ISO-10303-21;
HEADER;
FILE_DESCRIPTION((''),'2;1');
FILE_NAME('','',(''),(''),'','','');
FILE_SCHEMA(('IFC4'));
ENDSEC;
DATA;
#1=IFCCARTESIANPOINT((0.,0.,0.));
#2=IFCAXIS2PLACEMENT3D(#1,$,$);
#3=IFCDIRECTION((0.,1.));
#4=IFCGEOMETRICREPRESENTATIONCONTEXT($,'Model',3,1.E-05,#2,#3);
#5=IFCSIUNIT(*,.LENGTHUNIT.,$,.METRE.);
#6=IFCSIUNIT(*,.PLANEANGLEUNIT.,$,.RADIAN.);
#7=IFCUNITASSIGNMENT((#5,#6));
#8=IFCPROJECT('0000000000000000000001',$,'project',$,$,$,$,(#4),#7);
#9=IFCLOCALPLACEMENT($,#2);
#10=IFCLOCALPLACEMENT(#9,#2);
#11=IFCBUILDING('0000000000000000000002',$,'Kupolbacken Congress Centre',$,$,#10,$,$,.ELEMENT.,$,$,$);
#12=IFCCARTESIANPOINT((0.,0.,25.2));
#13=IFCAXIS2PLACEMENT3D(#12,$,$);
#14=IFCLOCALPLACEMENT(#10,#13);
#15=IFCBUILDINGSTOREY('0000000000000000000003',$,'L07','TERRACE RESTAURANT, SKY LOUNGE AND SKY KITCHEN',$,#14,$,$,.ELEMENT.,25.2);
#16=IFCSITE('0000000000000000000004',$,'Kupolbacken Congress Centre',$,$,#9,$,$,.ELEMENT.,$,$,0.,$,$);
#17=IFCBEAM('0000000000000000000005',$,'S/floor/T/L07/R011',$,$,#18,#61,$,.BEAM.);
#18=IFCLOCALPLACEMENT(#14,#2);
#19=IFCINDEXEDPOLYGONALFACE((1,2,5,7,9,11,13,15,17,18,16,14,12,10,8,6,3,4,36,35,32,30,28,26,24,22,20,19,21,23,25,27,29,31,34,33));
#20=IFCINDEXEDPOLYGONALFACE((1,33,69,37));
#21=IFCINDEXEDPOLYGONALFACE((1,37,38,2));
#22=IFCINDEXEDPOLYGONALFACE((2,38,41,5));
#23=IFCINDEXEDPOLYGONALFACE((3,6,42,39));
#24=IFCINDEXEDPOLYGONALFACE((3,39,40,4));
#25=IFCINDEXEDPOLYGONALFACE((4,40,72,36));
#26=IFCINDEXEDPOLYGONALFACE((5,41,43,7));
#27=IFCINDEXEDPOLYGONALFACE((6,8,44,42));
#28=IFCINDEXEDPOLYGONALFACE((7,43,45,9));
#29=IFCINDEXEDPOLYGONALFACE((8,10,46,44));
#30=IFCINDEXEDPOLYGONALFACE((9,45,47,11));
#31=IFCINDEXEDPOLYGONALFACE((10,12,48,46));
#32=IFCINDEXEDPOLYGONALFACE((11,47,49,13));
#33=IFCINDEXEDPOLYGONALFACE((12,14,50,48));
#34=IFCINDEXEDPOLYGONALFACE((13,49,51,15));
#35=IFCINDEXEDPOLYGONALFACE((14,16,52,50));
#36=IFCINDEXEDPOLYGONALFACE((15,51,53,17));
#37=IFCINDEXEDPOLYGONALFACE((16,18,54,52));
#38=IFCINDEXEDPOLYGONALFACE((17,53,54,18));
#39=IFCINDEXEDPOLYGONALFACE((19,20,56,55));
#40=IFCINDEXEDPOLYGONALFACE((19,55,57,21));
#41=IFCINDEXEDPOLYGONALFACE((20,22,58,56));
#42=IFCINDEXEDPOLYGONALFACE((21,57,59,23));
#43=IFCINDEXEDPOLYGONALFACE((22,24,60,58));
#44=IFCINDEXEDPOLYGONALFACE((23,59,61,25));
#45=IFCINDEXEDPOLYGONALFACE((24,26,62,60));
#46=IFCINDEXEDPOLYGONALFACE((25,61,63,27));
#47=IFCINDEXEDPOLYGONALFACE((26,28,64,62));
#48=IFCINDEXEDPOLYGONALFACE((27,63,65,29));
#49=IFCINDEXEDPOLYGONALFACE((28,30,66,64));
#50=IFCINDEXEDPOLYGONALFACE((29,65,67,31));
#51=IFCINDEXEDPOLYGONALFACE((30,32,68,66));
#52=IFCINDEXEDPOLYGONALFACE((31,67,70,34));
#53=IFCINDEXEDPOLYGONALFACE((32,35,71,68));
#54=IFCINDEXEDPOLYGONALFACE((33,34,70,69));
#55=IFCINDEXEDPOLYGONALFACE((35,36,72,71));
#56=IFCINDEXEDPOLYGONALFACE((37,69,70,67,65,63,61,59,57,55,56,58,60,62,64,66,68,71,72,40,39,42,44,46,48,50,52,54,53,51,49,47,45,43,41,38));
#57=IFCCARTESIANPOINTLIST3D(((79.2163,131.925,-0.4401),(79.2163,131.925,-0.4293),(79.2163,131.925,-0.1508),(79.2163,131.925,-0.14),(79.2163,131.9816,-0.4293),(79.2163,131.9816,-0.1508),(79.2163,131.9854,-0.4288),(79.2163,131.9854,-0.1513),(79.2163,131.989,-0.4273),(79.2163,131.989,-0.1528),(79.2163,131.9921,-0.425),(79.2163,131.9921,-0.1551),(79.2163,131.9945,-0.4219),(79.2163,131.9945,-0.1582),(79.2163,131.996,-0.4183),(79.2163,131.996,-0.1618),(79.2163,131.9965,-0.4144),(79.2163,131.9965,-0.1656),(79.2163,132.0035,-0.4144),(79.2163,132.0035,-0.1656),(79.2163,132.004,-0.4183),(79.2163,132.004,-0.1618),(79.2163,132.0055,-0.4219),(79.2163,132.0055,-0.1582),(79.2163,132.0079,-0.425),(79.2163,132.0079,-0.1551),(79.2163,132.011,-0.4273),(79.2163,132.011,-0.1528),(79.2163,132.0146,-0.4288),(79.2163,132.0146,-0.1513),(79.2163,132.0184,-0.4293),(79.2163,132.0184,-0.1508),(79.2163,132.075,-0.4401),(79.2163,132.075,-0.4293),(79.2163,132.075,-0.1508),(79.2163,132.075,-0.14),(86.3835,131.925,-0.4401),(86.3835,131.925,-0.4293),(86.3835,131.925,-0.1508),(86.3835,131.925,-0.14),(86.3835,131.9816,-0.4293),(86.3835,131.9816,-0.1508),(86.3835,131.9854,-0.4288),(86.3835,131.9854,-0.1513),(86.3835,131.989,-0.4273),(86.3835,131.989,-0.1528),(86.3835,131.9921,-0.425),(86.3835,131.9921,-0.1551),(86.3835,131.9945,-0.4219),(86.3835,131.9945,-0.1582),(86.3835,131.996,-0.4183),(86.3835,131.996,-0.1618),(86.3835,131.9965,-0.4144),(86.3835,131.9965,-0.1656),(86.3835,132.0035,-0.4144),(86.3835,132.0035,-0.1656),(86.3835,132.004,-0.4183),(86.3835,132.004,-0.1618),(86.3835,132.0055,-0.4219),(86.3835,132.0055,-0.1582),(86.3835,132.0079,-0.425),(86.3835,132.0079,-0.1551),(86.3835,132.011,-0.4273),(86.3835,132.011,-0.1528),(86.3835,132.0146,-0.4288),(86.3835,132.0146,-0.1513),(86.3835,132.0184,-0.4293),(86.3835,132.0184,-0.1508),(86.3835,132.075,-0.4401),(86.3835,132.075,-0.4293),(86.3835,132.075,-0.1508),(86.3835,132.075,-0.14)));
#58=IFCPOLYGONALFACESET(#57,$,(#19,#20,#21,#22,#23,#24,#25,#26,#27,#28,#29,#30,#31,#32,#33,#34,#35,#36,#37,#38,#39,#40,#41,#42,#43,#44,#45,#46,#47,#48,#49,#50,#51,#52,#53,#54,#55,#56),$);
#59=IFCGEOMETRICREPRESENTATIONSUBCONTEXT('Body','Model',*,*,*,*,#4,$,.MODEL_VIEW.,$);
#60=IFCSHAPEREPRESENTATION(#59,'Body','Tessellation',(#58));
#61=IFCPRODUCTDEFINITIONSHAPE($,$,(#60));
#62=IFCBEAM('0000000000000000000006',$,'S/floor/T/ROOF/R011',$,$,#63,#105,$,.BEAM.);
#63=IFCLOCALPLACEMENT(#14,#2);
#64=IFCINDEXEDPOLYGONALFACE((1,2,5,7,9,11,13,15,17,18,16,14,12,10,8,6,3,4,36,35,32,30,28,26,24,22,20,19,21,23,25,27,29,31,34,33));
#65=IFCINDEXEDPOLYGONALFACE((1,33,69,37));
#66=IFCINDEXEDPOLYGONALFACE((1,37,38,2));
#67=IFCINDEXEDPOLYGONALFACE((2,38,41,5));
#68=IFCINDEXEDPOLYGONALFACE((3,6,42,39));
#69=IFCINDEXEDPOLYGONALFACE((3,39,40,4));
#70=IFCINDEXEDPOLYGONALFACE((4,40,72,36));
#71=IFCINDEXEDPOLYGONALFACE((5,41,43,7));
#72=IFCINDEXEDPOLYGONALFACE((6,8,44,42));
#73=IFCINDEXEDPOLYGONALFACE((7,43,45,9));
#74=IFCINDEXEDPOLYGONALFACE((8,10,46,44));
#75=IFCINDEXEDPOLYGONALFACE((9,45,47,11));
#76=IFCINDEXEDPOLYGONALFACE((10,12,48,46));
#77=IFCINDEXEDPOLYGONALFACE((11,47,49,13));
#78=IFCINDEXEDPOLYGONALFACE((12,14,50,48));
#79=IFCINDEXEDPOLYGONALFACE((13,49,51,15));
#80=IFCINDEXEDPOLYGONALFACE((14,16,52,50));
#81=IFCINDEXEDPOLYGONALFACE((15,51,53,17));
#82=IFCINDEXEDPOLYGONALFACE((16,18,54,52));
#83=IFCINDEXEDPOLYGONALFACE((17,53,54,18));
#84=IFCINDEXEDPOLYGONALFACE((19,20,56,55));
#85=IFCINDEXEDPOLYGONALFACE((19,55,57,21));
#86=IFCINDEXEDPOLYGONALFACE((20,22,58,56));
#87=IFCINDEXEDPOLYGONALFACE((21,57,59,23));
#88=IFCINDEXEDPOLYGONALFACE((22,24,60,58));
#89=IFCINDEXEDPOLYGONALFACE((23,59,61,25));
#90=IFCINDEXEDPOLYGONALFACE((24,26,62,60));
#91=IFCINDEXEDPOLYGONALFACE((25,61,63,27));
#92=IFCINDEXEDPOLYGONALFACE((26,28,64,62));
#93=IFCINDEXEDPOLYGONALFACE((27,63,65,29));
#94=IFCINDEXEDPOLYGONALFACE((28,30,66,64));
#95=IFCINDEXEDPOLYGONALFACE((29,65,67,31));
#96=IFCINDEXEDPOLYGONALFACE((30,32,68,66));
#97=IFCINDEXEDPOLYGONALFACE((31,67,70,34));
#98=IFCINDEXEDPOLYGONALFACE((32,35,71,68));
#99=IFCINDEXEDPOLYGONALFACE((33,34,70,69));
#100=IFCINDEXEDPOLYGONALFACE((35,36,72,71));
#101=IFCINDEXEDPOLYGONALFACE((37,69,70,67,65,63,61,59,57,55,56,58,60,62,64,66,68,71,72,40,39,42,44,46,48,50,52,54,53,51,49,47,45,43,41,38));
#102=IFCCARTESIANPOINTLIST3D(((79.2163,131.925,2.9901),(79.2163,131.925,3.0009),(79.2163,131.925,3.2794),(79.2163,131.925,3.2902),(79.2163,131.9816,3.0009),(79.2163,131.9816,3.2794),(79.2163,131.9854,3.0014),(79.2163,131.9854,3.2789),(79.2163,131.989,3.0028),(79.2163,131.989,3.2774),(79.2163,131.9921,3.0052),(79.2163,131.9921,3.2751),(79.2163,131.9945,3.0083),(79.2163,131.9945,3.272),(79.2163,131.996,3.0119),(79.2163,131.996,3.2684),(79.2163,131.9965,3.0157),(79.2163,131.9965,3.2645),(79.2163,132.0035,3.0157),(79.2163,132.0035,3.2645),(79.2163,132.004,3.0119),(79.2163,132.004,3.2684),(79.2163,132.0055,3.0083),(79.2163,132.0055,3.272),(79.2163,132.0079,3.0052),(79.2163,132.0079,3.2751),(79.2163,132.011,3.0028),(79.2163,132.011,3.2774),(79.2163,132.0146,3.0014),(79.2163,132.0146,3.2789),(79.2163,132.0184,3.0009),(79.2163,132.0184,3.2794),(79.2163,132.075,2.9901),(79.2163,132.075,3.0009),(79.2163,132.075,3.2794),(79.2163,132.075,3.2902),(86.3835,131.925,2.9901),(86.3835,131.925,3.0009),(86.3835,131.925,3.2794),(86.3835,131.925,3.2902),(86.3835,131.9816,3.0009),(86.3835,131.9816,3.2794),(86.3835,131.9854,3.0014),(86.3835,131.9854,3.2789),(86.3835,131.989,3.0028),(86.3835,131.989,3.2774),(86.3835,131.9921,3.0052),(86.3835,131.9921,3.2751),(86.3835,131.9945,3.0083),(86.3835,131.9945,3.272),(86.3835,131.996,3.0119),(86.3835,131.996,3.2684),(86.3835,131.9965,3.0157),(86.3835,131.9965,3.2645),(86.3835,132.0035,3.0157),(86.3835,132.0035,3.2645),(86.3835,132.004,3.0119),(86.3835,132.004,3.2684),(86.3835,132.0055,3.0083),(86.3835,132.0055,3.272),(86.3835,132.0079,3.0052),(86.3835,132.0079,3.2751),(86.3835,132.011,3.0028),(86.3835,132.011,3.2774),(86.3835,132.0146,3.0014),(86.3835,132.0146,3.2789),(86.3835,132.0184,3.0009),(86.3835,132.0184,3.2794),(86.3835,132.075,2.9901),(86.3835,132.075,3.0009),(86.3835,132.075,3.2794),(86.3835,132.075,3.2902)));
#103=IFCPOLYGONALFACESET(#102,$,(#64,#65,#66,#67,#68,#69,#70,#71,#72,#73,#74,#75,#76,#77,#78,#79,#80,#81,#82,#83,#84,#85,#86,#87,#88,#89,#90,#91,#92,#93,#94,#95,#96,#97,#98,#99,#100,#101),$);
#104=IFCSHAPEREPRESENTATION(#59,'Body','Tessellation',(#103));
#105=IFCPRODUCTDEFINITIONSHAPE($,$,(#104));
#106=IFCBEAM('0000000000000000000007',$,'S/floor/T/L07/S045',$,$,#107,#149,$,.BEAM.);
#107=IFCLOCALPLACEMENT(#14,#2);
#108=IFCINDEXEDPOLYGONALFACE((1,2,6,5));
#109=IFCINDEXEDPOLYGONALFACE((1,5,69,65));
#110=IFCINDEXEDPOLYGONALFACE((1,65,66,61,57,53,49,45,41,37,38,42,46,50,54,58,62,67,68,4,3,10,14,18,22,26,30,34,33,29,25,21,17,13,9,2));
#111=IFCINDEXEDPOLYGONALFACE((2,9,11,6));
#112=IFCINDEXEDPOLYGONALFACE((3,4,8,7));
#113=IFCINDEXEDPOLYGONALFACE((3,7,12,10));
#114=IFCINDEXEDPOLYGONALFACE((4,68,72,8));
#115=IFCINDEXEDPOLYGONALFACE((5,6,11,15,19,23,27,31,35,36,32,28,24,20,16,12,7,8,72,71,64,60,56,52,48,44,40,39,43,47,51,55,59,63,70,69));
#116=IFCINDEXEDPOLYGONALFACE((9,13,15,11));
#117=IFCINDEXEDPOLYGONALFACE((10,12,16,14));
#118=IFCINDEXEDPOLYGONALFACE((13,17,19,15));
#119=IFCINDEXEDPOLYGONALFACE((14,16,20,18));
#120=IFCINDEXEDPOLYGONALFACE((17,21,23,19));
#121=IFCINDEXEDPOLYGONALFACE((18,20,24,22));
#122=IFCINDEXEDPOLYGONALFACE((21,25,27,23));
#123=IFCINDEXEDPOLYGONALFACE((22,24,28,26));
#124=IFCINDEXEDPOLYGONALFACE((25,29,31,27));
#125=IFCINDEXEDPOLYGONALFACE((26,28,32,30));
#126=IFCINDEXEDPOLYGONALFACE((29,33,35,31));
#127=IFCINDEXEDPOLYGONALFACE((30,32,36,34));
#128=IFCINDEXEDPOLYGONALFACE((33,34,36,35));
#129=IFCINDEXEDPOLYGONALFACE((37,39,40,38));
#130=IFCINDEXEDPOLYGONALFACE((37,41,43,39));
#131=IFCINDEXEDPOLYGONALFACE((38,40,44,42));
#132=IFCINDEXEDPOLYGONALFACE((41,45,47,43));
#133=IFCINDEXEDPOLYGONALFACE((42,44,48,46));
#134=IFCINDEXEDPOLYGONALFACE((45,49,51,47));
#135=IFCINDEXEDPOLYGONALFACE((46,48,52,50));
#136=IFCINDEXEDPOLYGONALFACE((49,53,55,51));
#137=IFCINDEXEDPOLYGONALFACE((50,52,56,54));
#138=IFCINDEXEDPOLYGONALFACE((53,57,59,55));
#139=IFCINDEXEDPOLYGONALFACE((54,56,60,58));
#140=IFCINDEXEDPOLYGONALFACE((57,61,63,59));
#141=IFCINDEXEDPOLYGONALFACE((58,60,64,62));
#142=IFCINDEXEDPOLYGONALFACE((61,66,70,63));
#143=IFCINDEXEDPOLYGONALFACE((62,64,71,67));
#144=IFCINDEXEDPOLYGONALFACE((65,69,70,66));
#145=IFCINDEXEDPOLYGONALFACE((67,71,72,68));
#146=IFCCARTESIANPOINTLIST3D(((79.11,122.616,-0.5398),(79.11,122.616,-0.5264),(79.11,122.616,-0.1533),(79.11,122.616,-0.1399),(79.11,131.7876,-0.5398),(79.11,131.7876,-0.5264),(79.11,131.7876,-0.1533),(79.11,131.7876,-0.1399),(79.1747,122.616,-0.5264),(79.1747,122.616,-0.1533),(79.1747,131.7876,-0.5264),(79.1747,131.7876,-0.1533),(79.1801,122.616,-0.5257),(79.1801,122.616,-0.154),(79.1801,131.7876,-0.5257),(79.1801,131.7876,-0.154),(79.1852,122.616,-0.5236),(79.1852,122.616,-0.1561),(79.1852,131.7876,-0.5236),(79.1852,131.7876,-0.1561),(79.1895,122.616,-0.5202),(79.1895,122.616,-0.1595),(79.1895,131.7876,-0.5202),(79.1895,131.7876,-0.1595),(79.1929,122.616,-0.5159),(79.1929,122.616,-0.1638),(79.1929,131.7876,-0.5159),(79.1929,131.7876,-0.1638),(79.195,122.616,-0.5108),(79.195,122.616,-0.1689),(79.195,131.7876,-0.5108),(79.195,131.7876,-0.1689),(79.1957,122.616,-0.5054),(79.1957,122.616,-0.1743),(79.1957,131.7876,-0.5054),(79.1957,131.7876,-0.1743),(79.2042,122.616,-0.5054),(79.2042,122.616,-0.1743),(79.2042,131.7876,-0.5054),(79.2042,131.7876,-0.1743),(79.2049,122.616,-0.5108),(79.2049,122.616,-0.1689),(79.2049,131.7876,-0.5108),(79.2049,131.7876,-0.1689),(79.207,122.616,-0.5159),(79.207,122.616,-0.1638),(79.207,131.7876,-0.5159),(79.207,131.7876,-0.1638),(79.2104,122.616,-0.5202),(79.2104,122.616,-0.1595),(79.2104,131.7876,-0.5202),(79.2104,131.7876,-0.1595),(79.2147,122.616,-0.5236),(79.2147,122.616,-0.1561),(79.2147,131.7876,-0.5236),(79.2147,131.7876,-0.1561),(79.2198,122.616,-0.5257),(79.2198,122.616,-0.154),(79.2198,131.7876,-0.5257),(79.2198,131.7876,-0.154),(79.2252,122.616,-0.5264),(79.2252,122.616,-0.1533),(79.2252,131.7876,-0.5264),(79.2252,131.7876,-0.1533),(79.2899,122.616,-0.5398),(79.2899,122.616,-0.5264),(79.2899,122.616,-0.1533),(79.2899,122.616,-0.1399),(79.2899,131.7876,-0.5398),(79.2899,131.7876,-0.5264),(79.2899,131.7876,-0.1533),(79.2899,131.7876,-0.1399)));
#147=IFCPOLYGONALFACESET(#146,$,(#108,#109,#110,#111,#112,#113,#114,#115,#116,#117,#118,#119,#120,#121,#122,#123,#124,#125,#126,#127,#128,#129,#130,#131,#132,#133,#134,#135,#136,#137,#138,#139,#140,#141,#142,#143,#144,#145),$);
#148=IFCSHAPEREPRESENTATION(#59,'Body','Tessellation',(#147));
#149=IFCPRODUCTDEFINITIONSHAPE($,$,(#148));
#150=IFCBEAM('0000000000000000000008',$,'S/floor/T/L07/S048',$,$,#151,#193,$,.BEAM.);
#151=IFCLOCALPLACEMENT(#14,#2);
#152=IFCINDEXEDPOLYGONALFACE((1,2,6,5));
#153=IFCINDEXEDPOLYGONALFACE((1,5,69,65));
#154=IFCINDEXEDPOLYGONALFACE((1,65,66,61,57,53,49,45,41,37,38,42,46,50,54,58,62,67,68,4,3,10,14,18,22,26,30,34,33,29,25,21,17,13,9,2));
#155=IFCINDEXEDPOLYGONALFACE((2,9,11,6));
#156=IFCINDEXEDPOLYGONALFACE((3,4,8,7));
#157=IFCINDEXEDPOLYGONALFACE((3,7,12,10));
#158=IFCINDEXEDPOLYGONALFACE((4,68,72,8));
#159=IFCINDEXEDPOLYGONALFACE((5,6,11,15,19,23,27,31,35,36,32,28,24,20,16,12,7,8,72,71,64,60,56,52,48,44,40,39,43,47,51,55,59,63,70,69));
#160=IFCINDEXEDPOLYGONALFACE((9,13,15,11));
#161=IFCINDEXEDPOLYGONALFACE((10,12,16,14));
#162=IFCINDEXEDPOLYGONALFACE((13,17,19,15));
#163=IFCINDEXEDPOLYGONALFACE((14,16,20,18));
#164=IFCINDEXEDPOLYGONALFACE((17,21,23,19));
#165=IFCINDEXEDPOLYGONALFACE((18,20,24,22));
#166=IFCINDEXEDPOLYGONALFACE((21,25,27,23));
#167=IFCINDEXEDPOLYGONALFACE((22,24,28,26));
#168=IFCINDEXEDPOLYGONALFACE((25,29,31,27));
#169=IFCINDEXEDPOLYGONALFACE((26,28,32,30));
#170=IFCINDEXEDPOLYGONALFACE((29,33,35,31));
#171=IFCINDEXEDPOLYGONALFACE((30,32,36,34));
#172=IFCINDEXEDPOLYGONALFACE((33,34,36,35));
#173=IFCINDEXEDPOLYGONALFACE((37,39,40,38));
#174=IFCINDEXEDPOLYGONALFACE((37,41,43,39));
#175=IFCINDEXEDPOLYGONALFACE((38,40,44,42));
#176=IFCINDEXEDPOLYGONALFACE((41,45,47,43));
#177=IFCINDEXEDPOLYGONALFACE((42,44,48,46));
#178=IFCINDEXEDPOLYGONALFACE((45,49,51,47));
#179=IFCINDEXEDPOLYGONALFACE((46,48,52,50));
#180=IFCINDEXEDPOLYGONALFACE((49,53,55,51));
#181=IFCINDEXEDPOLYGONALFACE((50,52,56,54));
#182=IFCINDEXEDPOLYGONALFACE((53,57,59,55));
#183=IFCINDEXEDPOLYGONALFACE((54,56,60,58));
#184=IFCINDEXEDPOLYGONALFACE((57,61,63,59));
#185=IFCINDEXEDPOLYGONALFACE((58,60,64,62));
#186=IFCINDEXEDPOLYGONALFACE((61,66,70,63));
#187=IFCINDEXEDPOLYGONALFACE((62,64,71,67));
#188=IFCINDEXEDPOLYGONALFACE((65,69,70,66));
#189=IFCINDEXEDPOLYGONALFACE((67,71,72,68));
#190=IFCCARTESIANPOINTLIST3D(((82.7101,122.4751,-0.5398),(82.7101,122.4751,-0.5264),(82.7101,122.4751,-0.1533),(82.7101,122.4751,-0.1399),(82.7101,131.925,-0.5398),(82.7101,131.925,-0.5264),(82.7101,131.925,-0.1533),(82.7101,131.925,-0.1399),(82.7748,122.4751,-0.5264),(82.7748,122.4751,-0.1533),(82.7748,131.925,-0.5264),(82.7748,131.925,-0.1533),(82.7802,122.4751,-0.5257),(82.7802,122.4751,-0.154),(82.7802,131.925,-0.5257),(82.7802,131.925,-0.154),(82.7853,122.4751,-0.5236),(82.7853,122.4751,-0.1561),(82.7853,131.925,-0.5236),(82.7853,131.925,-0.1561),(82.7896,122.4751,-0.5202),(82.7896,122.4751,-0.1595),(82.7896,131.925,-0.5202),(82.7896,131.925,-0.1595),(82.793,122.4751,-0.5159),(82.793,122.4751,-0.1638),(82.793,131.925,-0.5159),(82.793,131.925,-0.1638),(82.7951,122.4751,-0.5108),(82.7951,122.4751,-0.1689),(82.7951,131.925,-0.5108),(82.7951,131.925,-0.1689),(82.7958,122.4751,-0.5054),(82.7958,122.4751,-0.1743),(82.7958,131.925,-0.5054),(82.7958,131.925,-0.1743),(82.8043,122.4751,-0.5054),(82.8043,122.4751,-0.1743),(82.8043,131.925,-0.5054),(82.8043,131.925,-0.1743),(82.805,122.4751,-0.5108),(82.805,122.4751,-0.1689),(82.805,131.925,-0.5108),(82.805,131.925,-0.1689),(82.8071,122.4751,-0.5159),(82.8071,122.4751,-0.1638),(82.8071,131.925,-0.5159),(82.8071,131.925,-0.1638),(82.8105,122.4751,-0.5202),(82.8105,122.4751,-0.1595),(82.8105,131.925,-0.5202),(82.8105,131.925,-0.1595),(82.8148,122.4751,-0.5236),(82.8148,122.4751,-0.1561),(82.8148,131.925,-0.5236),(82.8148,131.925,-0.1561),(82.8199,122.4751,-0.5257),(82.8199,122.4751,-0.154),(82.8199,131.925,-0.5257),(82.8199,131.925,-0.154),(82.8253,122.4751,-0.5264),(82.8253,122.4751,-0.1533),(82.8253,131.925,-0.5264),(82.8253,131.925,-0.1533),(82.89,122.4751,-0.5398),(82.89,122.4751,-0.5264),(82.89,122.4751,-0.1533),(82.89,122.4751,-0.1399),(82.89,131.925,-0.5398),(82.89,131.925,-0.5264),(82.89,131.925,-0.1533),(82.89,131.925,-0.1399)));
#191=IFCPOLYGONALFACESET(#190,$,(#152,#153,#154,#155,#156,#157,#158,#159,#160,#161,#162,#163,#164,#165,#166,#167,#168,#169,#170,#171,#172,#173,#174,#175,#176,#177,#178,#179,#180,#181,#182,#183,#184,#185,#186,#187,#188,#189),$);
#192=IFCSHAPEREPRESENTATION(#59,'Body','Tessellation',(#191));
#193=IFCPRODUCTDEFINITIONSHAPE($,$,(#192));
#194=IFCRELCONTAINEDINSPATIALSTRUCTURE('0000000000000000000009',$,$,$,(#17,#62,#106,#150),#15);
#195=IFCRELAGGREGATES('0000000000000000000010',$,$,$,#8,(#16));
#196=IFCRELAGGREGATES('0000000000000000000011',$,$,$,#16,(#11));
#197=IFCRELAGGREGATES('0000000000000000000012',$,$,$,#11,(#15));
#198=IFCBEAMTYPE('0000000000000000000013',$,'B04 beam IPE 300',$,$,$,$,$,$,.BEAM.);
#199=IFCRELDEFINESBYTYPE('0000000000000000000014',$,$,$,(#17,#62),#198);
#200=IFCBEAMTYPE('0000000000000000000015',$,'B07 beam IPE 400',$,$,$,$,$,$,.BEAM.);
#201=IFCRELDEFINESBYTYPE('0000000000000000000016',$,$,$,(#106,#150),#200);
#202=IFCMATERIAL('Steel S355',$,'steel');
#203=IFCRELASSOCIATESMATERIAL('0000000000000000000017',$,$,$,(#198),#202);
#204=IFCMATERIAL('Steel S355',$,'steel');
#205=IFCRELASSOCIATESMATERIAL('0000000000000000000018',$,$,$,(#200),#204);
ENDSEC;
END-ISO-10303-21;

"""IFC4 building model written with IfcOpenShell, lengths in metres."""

from ifc_helpers import new_model, si_unit, direction, frame, origin, origin_2d, place, context, subcontext, project, spatial, i_section, extrude, material, material_profile, profile_set, type_object, element, save


model = new_model("IFC4")

# Units and contexts
model_context = context("Model", 3, precision=1e-05, world=origin(), true_north=direction((0.0, 1.0)))
body_context = subcontext(model_context, "Body", "Model", "MODEL_VIEW")
ifc_project = project(units=[si_unit("LENGTHUNIT", "METRE"), si_unit("PLANEANGLEUNIT", "RADIAN")], contexts=[model_context])

# Site, building, storey
site_placement = place(None, origin())
site = spatial("IfcSite", under=ifc_project, at=site_placement, Name="Kupolbacken Congress Centre", CompositionType="ELEMENT", RefElevation=0.0)
building_placement = place(site_placement, origin())
building = spatial("IfcBuilding", under=site, at=building_placement, Name="Kupolbacken Congress Centre", CompositionType="ELEMENT")
storey_placement = place(building_placement, frame((0.0, 0.0, 25.2)))
storey = spatial("IfcBuildingStorey", under=building, at=storey_placement, Name="L07", Description="TERRACE RESTAURANT, SKY LOUNGE AND SKY KITCHEN", CompositionType="ELEMENT", Elevation=25.2)

# Beams
ifc_material_1 = material(Name="Steel S355", Category="steel")
ifc_material_profile_1 = material_profile(ifc_material_1, i_section(OverallWidth=0.1499, OverallDepth=0.3, WebThickness=0.0071, FlangeThickness=0.0107, FilletRadius=0.0149, at=origin_2d()), Name="IPE 300")
ifc_profile_set_1 = profile_set([ifc_material_profile_1], Name="Steel S355")
beam_type_1 = type_object("IfcBeamType", Name="B04 beam IPE 300", PredefinedType="BEAM", material=ifc_profile_set_1)
for number, where, z_axis, x_axis, name in (
    (1, (79.2163, 132.0, -0.29), (1.0, 0.0, 0.0), (0.0, 1.0, 0.0), "S/floor/T/L07/R011"),
    (2, (79.2163, 132.0, 3.1401), (1.0, 0.0, 0.0), (0.0, 1.0, 0.0), "S/floor/T/ROOF/R011"),
):
    element("IfcBeam", number, at=place(storey_placement, frame(where, z_axis=z_axis, x_axis=x_axis)), inside=storey, type_object=beam_type_1, Name=name, PredefinedType="BEAM", context=body_context, shape_type="SweptSolid", body=[
        extrude(i_section(OverallWidth=0.1499, OverallDepth=0.3, WebThickness=0.0071, FlangeThickness=0.0107, FilletRadius=0.0149, at=origin_2d()), origin(), (0.0, 0.0, 1.0), 7.1672),
    ])
ifc_material_2 = material(Name="Steel S355", Category="steel")
ifc_material_profile_2 = material_profile(ifc_material_2, i_section(OverallWidth=0.1799, OverallDepth=0.3999, WebThickness=0.0085, FlangeThickness=0.0134, FilletRadius=0.021, at=origin_2d()), Name="IPE 400")
ifc_profile_set_2 = profile_set([ifc_material_profile_2], Name="Steel S355")
beam_type_2 = type_object("IfcBeamType", Name="B07 beam IPE 400", PredefinedType="BEAM", material=ifc_profile_set_2)
beam_1_placement = place(storey_placement, frame((79.2, 122.616, -0.3398), z_axis=(0.0, 1.0, 0.0), x_axis=(-1.0, 0.0, 0.0)))
element("IfcBeam", 3, at=beam_1_placement, inside=storey, type_object=beam_type_2, Name="S/floor/T/L07/S045", PredefinedType="BEAM", context=body_context, shape_type="SweptSolid", body=[
    extrude(i_section(OverallWidth=0.1799, OverallDepth=0.3999, WebThickness=0.0085, FlangeThickness=0.0134, FilletRadius=0.021, at=origin_2d()), origin(), (0.0, 0.0, 1.0), 9.1716),
])
beam_2_placement = place(storey_placement, frame((82.8, 122.4751, -0.3398), z_axis=(0.0, 1.0, 0.0), x_axis=(-1.0, 0.0, 0.0)))
element("IfcBeam", 4, at=beam_2_placement, inside=storey, type_object=beam_type_2, Name="S/floor/T/L07/S048", PredefinedType="BEAM", context=body_context, shape_type="SweptSolid", body=[
    extrude(i_section(OverallWidth=0.1799, OverallDepth=0.3999, WebThickness=0.0085, FlangeThickness=0.0134, FilletRadius=0.021, at=origin_2d()), origin(), (0.0, 0.0, 1.0), 9.45),
])

save(model, "model.ifc")
